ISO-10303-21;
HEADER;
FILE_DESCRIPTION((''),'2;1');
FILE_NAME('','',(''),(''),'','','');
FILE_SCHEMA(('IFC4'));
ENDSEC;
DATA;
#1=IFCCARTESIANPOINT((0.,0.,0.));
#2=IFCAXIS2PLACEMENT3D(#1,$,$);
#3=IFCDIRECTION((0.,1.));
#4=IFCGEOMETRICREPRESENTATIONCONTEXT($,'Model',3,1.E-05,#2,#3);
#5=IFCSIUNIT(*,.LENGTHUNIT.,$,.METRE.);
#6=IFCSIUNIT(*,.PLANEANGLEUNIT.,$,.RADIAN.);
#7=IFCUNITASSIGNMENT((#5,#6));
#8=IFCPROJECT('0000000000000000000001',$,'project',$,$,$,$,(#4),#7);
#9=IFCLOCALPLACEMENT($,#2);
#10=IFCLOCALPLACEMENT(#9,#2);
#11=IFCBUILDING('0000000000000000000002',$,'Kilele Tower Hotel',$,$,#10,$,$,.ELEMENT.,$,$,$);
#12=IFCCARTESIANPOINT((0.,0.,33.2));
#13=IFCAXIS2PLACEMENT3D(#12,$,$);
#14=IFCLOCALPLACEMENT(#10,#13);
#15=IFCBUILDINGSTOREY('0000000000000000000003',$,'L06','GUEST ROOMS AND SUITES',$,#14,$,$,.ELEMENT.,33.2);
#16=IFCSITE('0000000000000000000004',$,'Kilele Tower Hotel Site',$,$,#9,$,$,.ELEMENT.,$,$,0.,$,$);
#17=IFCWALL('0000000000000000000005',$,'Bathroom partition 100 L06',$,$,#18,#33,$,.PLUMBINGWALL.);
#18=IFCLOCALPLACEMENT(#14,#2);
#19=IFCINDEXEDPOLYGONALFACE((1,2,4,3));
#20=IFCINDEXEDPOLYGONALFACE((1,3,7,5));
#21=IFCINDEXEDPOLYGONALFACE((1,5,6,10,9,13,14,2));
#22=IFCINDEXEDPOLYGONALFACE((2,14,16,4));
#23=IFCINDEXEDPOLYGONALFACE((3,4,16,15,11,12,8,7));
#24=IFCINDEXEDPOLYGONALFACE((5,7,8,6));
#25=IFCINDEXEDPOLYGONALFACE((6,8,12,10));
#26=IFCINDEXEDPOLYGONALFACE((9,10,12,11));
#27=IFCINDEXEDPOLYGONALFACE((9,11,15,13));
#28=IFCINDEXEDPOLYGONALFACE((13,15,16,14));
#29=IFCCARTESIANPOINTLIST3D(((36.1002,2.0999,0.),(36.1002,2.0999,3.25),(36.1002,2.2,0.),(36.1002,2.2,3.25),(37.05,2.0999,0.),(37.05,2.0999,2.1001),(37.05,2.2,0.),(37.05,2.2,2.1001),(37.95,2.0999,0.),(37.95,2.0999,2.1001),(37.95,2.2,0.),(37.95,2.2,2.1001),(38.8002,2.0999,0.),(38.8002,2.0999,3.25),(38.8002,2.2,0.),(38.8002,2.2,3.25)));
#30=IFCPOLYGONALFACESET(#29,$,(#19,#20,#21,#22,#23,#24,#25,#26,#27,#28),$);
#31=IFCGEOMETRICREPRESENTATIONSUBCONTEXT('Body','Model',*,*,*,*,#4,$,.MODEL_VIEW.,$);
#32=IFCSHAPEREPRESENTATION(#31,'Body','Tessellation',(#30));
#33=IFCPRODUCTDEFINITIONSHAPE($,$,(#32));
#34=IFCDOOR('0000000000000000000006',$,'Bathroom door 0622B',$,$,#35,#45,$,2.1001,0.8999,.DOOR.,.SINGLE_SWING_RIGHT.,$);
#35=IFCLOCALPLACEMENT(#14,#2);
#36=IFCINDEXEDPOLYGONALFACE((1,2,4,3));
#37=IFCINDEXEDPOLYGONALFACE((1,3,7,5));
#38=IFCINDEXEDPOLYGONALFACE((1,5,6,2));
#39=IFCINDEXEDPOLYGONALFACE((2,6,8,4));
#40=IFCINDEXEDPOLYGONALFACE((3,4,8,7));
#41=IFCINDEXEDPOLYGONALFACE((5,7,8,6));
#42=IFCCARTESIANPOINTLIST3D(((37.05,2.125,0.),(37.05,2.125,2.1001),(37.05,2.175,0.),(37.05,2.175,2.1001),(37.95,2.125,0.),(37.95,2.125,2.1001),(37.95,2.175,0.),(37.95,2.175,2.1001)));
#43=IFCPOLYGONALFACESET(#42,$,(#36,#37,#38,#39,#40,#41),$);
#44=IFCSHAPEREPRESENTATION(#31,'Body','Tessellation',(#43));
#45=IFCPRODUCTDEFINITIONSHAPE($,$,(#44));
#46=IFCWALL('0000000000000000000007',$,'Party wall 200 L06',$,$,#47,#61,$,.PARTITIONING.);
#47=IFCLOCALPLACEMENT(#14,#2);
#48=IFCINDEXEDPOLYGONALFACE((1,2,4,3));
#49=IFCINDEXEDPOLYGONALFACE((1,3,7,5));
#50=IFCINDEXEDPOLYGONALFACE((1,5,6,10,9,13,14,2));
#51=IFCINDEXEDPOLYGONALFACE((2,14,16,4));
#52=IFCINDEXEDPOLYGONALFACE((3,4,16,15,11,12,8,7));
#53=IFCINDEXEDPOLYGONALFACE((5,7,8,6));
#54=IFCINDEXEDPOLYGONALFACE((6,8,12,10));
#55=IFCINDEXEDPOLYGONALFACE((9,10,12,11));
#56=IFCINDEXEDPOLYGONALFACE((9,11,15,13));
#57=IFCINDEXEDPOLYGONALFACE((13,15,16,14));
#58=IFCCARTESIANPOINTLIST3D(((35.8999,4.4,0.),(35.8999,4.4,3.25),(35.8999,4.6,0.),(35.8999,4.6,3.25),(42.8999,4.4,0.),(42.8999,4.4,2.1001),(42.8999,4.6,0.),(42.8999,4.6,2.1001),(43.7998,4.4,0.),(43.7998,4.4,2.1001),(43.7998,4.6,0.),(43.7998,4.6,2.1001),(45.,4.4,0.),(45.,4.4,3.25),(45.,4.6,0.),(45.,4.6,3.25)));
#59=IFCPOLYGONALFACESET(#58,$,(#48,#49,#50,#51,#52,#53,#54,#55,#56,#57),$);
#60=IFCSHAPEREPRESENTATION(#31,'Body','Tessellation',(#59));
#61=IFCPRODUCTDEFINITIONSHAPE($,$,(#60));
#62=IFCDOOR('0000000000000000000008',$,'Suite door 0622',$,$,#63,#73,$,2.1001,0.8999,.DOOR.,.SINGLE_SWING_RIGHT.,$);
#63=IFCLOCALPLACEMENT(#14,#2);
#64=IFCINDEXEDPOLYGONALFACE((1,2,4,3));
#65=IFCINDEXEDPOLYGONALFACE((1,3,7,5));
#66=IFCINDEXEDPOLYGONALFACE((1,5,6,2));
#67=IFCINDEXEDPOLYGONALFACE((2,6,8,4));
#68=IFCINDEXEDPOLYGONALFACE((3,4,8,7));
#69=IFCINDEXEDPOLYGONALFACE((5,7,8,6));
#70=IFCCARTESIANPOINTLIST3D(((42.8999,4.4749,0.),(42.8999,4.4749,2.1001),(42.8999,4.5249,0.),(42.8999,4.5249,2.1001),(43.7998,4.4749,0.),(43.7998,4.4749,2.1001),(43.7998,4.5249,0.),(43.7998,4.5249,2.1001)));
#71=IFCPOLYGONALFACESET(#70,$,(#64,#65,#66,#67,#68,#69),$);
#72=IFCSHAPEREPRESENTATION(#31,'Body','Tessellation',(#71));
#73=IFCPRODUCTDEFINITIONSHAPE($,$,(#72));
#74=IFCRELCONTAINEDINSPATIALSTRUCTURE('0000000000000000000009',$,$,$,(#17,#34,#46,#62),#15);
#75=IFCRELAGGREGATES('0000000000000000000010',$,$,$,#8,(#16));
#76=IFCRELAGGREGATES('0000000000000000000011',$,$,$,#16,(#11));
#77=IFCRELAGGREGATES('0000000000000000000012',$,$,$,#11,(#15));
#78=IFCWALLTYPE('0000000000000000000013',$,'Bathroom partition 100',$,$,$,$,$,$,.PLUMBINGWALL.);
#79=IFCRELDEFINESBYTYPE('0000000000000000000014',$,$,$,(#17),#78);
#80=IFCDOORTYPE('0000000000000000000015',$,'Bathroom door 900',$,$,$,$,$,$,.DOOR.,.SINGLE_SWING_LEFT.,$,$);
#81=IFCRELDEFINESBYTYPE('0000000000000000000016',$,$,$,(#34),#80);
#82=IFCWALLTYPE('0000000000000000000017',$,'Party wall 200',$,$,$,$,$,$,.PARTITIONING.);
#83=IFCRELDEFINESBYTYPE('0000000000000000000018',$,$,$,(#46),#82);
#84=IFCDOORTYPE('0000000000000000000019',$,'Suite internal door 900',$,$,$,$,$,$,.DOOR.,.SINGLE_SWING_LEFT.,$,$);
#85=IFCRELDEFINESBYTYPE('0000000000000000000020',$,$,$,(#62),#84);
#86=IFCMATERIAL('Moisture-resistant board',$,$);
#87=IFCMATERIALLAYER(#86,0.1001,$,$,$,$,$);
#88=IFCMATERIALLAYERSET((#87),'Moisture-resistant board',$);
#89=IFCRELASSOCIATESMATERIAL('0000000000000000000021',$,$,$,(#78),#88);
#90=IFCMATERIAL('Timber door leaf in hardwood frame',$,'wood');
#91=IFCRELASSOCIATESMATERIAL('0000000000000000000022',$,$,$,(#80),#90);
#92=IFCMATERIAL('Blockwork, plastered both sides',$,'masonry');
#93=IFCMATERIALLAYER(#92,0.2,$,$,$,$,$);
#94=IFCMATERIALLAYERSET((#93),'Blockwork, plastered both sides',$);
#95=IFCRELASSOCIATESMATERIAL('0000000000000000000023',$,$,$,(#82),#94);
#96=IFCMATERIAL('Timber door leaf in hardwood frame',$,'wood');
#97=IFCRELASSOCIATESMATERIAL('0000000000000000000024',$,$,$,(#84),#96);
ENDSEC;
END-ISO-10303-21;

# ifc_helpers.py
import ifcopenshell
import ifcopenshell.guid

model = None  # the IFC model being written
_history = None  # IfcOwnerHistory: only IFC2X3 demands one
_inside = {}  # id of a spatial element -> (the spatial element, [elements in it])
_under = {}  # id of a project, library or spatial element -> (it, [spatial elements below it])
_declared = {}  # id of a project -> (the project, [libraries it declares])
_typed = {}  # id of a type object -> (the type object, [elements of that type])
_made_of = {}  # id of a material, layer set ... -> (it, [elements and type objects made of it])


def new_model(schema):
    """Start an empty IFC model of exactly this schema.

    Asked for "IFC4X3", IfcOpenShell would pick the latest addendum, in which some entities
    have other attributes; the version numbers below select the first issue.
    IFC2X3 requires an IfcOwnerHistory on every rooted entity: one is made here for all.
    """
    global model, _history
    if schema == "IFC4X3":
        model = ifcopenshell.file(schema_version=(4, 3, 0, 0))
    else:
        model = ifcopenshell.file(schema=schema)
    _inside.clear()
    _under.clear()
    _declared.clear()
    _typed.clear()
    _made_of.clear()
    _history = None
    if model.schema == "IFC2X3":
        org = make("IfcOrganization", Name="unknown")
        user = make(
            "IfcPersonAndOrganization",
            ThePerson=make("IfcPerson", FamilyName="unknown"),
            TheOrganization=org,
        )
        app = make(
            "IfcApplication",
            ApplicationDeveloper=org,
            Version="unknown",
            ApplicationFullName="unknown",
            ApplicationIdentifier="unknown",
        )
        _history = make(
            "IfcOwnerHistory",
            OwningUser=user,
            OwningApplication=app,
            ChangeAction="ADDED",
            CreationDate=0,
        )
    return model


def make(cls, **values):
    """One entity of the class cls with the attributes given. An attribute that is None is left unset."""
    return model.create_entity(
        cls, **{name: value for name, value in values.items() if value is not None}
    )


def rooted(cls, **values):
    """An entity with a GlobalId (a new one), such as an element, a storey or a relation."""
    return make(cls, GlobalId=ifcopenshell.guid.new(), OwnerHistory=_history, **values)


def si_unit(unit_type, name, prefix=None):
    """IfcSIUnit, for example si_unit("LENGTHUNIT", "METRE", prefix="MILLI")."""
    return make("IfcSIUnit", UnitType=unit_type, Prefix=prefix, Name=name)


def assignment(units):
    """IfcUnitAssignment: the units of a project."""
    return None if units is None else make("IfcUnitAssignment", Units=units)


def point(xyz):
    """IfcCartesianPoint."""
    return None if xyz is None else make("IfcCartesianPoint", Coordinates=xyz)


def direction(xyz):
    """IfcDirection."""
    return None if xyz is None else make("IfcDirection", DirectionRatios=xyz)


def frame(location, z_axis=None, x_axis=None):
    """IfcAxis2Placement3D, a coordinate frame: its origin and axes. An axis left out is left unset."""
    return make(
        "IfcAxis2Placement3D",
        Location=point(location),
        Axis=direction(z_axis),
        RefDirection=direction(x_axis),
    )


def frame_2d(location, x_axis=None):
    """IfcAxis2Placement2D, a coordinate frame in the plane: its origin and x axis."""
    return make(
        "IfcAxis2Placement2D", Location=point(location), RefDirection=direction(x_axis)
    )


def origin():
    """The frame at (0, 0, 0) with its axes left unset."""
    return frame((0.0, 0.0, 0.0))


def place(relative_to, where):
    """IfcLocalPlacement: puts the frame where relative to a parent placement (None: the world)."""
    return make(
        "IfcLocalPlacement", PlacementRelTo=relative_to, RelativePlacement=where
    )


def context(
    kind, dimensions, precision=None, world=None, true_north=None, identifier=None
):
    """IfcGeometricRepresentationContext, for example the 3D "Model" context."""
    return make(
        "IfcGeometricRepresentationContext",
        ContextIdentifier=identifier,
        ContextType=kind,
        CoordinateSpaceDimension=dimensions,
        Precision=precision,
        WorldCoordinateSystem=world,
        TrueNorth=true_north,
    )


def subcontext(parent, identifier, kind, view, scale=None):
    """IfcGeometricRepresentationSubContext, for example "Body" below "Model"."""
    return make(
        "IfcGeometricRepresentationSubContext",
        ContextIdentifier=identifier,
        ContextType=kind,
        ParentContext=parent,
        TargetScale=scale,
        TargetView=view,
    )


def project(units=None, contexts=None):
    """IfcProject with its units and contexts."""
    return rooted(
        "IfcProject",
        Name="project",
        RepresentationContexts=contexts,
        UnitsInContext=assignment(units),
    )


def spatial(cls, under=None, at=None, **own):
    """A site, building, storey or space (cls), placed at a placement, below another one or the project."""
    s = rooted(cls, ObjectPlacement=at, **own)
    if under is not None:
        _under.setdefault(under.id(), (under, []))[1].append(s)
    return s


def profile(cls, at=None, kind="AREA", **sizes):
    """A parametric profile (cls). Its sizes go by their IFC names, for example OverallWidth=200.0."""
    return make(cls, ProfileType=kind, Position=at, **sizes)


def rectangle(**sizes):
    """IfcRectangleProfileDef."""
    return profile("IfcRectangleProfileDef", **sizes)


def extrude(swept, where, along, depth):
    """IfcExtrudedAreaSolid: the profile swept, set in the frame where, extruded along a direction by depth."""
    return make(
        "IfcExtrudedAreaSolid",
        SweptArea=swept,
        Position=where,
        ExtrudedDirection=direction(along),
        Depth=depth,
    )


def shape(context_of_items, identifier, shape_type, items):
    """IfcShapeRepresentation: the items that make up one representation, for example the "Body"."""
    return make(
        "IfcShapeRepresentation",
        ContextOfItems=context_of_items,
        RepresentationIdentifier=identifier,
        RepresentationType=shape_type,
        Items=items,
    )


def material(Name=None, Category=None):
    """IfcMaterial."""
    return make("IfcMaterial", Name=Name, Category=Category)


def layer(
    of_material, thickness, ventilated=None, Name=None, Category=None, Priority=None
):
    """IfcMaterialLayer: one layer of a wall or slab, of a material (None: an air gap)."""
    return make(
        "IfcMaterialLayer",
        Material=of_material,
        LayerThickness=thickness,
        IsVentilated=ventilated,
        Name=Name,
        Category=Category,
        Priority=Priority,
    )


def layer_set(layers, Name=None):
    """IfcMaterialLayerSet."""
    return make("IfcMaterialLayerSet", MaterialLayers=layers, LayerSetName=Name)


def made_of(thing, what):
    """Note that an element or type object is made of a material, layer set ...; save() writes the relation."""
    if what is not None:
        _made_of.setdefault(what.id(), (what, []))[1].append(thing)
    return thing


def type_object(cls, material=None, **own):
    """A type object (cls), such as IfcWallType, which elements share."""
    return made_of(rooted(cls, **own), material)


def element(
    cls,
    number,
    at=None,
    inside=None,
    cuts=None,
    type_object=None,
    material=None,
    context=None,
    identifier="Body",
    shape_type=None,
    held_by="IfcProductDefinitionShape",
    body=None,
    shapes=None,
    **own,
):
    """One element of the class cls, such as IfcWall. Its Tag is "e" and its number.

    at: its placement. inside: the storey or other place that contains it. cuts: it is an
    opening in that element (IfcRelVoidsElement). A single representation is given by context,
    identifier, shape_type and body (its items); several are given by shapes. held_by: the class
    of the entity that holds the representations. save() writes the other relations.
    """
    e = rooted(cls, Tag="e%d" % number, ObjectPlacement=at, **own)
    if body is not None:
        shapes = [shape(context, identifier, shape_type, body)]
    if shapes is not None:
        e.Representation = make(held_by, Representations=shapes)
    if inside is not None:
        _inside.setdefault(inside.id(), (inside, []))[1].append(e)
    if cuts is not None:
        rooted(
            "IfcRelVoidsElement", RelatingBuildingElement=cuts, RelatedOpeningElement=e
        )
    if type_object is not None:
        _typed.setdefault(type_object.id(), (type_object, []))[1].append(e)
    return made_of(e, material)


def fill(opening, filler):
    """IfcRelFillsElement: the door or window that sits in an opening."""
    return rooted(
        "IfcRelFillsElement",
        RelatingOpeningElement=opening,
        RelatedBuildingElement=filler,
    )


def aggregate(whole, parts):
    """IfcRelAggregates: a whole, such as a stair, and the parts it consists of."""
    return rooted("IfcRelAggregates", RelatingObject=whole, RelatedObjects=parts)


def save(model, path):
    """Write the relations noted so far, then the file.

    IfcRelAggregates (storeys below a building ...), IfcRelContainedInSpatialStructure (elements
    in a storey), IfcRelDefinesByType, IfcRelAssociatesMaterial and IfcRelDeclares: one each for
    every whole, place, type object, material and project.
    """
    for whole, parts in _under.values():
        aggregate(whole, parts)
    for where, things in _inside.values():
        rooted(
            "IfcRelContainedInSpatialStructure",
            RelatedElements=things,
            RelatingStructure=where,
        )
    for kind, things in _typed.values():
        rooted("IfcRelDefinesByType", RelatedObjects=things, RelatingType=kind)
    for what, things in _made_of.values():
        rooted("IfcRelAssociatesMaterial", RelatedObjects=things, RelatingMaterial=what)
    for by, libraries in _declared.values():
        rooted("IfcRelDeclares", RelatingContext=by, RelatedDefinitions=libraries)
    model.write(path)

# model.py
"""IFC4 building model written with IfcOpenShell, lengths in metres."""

from ifc_helpers import new_model, si_unit, direction, frame, frame_2d, origin, place, context, subcontext, project, spatial, rectangle, extrude, material, layer, layer_set, type_object, element, fill, save


model = new_model("IFC4")

# Units and contexts
model_context = context("Model", 3, precision=1e-05, world=origin(), true_north=direction((0.0, 1.0)))
body_context = subcontext(model_context, "Body", "Model", "MODEL_VIEW")
ifc_project = project(units=[si_unit("LENGTHUNIT", "METRE"), si_unit("PLANEANGLEUNIT", "RADIAN")], contexts=[model_context])

# Site, building, storey
site_placement = place(None, origin())
site = spatial("IfcSite", under=ifc_project, at=site_placement, Name="Kilele Tower Hotel Site", CompositionType="ELEMENT", RefElevation=0.0)
building_placement = place(site_placement, origin())
building = spatial("IfcBuilding", under=site, at=building_placement, Name="Kilele Tower Hotel", CompositionType="ELEMENT")
storey_placement = place(building_placement, frame((0.0, 0.0, 33.2)))
storey = spatial("IfcBuildingStorey", under=building, at=storey_placement, Name="L06", Description="GUEST ROOMS AND SUITES", CompositionType="ELEMENT", Elevation=33.2)

# Shared definitions
ifc_material_1 = material(Name="Moisture-resistant board")
ifc_layer_1 = layer(ifc_material_1, 0.1001)
ifc_layer_set_1 = layer_set([ifc_layer_1], Name="Moisture-resistant board")
wall_type_1 = type_object("IfcWallType", Name="Bathroom partition 100", PredefinedType="PLUMBINGWALL", material=ifc_layer_set_1)

# Walls, openings, doors
ifc_material_2 = material(Name="Timber door leaf in hardwood frame", Category="wood")
door_type_1 = type_object("IfcDoorType", Name="Bathroom door 900", OperationType="SINGLE_SWING_LEFT", PredefinedType="DOOR", material=ifc_material_2)
wall_1_placement = place(storey_placement, frame((36.1001, 2.1499, 0.0), z_axis=(0.0, 0.0, 1.0), x_axis=(1.0, 0.0, 0.0)))
wall_1 = element("IfcWall", 1, at=wall_1_placement, inside=storey, type_object=wall_type_1, Name="Bathroom partition 100 L06", PredefinedType="PLUMBINGWALL", context=body_context, shape_type="SweptSolid", body=[
    extrude(rectangle(XDim=2.7, YDim=0.1001, at=frame_2d((1.3501, 0.0))), origin(), (0.0, 0.0, 1.0), 3.25),
])
opening_1_placement = place(wall_1_placement, frame((1.8499, 0.0, 0.0), z_axis=(0.0, 0.0, 1.0), x_axis=(-1.0, 0.0, 0.0)))
opening_1 = element("IfcOpeningElement", 2, at=opening_1_placement, cuts=wall_1, PredefinedType="OPENING", context=body_context, shape_type="SweptSolid", body=[
    extrude(rectangle(XDim=0.8999, YDim=2.1001, at=frame_2d((0.45, 1.05))), frame((0.0, 0.0601, 0.0), z_axis=(0.0, -1.0, 0.0), x_axis=(1.0, 0.0, 0.0)), (0.0, 0.0, 1.0), 0.1201),
])
door_1_placement = place(opening_1_placement, origin())
door_1 = element("IfcDoor", 3, at=door_1_placement, inside=storey, type_object=door_type_1, Name="Bathroom door 0622B", OperationType="SINGLE_SWING_RIGHT", OverallHeight=2.1001, OverallWidth=0.8999, PredefinedType="DOOR", context=body_context, shape_type="SweptSolid", body=[
    extrude(rectangle(XDim=0.8999, YDim=2.1001, at=frame_2d((0.45, 1.05))), frame((0.0, 0.0249, 0.0), z_axis=(0.0, -1.0, 0.0), x_axis=(1.0, 0.0, 0.0)), (0.0, 0.0, 1.0), 0.05),
])
fill(opening_1, door_1)
ifc_material_3 = material(Name="Blockwork, plastered both sides", Category="masonry")
ifc_layer_2 = layer(ifc_material_3, 0.2)
ifc_layer_set_2 = layer_set([ifc_layer_2], Name="Blockwork, plastered both sides")
wall_type_2 = type_object("IfcWallType", Name="Party wall 200", PredefinedType="PARTITIONING", material=ifc_layer_set_2)
wall_2_placement = place(storey_placement, frame((35.8999, 4.5, 0.0), z_axis=(0.0, 0.0, 1.0), x_axis=(1.0, 0.0, 0.0)))
wall_2 = element("IfcWall", 4, at=wall_2_placement, inside=storey, type_object=wall_type_2, Name="Party wall 200 L06", PredefinedType="PARTITIONING", context=body_context, shape_type="SweptSolid", body=[
    extrude(rectangle(XDim=9.1001, YDim=0.2, at=frame_2d((4.55, 0.0))), origin(), (0.0, 0.0, 1.0), 3.25),
])
opening_2_placement = place(wall_2_placement, frame((7.0, 0.0, 0.0)))
opening_2 = element("IfcOpeningElement", 5, at=opening_2_placement, cuts=wall_2, PredefinedType="OPENING", context=body_context, shape_type="SweptSolid", body=[
    extrude(rectangle(XDim=0.8999, YDim=2.1001, at=frame_2d((0.45, 1.05))), frame((0.0, 0.1099, 0.0), z_axis=(0.0, -1.0, 0.0), x_axis=(1.0, 0.0, 0.0)), (0.0, 0.0, 1.0), 0.22),
])
ifc_material_4 = material(Name="Timber door leaf in hardwood frame", Category="wood")
door_type_2 = type_object("IfcDoorType", Name="Suite internal door 900", OperationType="SINGLE_SWING_LEFT", PredefinedType="DOOR", material=ifc_material_4)
door_2_placement = place(opening_2_placement, origin())
door_2 = element("IfcDoor", 6, at=door_2_placement, inside=storey, type_object=door_type_2, Name="Suite door 0622", OperationType="SINGLE_SWING_RIGHT", OverallHeight=2.1001, OverallWidth=0.8999, PredefinedType="DOOR", context=body_context, shape_type="SweptSolid", body=[
    extrude(rectangle(XDim=0.8999, YDim=2.1001, at=frame_2d((0.45, 1.05))), frame((0.0, 0.0249, 0.0), z_axis=(0.0, -1.0, 0.0), x_axis=(1.0, 0.0, 0.0)), (0.0, 0.0, 1.0), 0.05),
])
fill(opening_2, door_2)

save(model, "model.ifc")
